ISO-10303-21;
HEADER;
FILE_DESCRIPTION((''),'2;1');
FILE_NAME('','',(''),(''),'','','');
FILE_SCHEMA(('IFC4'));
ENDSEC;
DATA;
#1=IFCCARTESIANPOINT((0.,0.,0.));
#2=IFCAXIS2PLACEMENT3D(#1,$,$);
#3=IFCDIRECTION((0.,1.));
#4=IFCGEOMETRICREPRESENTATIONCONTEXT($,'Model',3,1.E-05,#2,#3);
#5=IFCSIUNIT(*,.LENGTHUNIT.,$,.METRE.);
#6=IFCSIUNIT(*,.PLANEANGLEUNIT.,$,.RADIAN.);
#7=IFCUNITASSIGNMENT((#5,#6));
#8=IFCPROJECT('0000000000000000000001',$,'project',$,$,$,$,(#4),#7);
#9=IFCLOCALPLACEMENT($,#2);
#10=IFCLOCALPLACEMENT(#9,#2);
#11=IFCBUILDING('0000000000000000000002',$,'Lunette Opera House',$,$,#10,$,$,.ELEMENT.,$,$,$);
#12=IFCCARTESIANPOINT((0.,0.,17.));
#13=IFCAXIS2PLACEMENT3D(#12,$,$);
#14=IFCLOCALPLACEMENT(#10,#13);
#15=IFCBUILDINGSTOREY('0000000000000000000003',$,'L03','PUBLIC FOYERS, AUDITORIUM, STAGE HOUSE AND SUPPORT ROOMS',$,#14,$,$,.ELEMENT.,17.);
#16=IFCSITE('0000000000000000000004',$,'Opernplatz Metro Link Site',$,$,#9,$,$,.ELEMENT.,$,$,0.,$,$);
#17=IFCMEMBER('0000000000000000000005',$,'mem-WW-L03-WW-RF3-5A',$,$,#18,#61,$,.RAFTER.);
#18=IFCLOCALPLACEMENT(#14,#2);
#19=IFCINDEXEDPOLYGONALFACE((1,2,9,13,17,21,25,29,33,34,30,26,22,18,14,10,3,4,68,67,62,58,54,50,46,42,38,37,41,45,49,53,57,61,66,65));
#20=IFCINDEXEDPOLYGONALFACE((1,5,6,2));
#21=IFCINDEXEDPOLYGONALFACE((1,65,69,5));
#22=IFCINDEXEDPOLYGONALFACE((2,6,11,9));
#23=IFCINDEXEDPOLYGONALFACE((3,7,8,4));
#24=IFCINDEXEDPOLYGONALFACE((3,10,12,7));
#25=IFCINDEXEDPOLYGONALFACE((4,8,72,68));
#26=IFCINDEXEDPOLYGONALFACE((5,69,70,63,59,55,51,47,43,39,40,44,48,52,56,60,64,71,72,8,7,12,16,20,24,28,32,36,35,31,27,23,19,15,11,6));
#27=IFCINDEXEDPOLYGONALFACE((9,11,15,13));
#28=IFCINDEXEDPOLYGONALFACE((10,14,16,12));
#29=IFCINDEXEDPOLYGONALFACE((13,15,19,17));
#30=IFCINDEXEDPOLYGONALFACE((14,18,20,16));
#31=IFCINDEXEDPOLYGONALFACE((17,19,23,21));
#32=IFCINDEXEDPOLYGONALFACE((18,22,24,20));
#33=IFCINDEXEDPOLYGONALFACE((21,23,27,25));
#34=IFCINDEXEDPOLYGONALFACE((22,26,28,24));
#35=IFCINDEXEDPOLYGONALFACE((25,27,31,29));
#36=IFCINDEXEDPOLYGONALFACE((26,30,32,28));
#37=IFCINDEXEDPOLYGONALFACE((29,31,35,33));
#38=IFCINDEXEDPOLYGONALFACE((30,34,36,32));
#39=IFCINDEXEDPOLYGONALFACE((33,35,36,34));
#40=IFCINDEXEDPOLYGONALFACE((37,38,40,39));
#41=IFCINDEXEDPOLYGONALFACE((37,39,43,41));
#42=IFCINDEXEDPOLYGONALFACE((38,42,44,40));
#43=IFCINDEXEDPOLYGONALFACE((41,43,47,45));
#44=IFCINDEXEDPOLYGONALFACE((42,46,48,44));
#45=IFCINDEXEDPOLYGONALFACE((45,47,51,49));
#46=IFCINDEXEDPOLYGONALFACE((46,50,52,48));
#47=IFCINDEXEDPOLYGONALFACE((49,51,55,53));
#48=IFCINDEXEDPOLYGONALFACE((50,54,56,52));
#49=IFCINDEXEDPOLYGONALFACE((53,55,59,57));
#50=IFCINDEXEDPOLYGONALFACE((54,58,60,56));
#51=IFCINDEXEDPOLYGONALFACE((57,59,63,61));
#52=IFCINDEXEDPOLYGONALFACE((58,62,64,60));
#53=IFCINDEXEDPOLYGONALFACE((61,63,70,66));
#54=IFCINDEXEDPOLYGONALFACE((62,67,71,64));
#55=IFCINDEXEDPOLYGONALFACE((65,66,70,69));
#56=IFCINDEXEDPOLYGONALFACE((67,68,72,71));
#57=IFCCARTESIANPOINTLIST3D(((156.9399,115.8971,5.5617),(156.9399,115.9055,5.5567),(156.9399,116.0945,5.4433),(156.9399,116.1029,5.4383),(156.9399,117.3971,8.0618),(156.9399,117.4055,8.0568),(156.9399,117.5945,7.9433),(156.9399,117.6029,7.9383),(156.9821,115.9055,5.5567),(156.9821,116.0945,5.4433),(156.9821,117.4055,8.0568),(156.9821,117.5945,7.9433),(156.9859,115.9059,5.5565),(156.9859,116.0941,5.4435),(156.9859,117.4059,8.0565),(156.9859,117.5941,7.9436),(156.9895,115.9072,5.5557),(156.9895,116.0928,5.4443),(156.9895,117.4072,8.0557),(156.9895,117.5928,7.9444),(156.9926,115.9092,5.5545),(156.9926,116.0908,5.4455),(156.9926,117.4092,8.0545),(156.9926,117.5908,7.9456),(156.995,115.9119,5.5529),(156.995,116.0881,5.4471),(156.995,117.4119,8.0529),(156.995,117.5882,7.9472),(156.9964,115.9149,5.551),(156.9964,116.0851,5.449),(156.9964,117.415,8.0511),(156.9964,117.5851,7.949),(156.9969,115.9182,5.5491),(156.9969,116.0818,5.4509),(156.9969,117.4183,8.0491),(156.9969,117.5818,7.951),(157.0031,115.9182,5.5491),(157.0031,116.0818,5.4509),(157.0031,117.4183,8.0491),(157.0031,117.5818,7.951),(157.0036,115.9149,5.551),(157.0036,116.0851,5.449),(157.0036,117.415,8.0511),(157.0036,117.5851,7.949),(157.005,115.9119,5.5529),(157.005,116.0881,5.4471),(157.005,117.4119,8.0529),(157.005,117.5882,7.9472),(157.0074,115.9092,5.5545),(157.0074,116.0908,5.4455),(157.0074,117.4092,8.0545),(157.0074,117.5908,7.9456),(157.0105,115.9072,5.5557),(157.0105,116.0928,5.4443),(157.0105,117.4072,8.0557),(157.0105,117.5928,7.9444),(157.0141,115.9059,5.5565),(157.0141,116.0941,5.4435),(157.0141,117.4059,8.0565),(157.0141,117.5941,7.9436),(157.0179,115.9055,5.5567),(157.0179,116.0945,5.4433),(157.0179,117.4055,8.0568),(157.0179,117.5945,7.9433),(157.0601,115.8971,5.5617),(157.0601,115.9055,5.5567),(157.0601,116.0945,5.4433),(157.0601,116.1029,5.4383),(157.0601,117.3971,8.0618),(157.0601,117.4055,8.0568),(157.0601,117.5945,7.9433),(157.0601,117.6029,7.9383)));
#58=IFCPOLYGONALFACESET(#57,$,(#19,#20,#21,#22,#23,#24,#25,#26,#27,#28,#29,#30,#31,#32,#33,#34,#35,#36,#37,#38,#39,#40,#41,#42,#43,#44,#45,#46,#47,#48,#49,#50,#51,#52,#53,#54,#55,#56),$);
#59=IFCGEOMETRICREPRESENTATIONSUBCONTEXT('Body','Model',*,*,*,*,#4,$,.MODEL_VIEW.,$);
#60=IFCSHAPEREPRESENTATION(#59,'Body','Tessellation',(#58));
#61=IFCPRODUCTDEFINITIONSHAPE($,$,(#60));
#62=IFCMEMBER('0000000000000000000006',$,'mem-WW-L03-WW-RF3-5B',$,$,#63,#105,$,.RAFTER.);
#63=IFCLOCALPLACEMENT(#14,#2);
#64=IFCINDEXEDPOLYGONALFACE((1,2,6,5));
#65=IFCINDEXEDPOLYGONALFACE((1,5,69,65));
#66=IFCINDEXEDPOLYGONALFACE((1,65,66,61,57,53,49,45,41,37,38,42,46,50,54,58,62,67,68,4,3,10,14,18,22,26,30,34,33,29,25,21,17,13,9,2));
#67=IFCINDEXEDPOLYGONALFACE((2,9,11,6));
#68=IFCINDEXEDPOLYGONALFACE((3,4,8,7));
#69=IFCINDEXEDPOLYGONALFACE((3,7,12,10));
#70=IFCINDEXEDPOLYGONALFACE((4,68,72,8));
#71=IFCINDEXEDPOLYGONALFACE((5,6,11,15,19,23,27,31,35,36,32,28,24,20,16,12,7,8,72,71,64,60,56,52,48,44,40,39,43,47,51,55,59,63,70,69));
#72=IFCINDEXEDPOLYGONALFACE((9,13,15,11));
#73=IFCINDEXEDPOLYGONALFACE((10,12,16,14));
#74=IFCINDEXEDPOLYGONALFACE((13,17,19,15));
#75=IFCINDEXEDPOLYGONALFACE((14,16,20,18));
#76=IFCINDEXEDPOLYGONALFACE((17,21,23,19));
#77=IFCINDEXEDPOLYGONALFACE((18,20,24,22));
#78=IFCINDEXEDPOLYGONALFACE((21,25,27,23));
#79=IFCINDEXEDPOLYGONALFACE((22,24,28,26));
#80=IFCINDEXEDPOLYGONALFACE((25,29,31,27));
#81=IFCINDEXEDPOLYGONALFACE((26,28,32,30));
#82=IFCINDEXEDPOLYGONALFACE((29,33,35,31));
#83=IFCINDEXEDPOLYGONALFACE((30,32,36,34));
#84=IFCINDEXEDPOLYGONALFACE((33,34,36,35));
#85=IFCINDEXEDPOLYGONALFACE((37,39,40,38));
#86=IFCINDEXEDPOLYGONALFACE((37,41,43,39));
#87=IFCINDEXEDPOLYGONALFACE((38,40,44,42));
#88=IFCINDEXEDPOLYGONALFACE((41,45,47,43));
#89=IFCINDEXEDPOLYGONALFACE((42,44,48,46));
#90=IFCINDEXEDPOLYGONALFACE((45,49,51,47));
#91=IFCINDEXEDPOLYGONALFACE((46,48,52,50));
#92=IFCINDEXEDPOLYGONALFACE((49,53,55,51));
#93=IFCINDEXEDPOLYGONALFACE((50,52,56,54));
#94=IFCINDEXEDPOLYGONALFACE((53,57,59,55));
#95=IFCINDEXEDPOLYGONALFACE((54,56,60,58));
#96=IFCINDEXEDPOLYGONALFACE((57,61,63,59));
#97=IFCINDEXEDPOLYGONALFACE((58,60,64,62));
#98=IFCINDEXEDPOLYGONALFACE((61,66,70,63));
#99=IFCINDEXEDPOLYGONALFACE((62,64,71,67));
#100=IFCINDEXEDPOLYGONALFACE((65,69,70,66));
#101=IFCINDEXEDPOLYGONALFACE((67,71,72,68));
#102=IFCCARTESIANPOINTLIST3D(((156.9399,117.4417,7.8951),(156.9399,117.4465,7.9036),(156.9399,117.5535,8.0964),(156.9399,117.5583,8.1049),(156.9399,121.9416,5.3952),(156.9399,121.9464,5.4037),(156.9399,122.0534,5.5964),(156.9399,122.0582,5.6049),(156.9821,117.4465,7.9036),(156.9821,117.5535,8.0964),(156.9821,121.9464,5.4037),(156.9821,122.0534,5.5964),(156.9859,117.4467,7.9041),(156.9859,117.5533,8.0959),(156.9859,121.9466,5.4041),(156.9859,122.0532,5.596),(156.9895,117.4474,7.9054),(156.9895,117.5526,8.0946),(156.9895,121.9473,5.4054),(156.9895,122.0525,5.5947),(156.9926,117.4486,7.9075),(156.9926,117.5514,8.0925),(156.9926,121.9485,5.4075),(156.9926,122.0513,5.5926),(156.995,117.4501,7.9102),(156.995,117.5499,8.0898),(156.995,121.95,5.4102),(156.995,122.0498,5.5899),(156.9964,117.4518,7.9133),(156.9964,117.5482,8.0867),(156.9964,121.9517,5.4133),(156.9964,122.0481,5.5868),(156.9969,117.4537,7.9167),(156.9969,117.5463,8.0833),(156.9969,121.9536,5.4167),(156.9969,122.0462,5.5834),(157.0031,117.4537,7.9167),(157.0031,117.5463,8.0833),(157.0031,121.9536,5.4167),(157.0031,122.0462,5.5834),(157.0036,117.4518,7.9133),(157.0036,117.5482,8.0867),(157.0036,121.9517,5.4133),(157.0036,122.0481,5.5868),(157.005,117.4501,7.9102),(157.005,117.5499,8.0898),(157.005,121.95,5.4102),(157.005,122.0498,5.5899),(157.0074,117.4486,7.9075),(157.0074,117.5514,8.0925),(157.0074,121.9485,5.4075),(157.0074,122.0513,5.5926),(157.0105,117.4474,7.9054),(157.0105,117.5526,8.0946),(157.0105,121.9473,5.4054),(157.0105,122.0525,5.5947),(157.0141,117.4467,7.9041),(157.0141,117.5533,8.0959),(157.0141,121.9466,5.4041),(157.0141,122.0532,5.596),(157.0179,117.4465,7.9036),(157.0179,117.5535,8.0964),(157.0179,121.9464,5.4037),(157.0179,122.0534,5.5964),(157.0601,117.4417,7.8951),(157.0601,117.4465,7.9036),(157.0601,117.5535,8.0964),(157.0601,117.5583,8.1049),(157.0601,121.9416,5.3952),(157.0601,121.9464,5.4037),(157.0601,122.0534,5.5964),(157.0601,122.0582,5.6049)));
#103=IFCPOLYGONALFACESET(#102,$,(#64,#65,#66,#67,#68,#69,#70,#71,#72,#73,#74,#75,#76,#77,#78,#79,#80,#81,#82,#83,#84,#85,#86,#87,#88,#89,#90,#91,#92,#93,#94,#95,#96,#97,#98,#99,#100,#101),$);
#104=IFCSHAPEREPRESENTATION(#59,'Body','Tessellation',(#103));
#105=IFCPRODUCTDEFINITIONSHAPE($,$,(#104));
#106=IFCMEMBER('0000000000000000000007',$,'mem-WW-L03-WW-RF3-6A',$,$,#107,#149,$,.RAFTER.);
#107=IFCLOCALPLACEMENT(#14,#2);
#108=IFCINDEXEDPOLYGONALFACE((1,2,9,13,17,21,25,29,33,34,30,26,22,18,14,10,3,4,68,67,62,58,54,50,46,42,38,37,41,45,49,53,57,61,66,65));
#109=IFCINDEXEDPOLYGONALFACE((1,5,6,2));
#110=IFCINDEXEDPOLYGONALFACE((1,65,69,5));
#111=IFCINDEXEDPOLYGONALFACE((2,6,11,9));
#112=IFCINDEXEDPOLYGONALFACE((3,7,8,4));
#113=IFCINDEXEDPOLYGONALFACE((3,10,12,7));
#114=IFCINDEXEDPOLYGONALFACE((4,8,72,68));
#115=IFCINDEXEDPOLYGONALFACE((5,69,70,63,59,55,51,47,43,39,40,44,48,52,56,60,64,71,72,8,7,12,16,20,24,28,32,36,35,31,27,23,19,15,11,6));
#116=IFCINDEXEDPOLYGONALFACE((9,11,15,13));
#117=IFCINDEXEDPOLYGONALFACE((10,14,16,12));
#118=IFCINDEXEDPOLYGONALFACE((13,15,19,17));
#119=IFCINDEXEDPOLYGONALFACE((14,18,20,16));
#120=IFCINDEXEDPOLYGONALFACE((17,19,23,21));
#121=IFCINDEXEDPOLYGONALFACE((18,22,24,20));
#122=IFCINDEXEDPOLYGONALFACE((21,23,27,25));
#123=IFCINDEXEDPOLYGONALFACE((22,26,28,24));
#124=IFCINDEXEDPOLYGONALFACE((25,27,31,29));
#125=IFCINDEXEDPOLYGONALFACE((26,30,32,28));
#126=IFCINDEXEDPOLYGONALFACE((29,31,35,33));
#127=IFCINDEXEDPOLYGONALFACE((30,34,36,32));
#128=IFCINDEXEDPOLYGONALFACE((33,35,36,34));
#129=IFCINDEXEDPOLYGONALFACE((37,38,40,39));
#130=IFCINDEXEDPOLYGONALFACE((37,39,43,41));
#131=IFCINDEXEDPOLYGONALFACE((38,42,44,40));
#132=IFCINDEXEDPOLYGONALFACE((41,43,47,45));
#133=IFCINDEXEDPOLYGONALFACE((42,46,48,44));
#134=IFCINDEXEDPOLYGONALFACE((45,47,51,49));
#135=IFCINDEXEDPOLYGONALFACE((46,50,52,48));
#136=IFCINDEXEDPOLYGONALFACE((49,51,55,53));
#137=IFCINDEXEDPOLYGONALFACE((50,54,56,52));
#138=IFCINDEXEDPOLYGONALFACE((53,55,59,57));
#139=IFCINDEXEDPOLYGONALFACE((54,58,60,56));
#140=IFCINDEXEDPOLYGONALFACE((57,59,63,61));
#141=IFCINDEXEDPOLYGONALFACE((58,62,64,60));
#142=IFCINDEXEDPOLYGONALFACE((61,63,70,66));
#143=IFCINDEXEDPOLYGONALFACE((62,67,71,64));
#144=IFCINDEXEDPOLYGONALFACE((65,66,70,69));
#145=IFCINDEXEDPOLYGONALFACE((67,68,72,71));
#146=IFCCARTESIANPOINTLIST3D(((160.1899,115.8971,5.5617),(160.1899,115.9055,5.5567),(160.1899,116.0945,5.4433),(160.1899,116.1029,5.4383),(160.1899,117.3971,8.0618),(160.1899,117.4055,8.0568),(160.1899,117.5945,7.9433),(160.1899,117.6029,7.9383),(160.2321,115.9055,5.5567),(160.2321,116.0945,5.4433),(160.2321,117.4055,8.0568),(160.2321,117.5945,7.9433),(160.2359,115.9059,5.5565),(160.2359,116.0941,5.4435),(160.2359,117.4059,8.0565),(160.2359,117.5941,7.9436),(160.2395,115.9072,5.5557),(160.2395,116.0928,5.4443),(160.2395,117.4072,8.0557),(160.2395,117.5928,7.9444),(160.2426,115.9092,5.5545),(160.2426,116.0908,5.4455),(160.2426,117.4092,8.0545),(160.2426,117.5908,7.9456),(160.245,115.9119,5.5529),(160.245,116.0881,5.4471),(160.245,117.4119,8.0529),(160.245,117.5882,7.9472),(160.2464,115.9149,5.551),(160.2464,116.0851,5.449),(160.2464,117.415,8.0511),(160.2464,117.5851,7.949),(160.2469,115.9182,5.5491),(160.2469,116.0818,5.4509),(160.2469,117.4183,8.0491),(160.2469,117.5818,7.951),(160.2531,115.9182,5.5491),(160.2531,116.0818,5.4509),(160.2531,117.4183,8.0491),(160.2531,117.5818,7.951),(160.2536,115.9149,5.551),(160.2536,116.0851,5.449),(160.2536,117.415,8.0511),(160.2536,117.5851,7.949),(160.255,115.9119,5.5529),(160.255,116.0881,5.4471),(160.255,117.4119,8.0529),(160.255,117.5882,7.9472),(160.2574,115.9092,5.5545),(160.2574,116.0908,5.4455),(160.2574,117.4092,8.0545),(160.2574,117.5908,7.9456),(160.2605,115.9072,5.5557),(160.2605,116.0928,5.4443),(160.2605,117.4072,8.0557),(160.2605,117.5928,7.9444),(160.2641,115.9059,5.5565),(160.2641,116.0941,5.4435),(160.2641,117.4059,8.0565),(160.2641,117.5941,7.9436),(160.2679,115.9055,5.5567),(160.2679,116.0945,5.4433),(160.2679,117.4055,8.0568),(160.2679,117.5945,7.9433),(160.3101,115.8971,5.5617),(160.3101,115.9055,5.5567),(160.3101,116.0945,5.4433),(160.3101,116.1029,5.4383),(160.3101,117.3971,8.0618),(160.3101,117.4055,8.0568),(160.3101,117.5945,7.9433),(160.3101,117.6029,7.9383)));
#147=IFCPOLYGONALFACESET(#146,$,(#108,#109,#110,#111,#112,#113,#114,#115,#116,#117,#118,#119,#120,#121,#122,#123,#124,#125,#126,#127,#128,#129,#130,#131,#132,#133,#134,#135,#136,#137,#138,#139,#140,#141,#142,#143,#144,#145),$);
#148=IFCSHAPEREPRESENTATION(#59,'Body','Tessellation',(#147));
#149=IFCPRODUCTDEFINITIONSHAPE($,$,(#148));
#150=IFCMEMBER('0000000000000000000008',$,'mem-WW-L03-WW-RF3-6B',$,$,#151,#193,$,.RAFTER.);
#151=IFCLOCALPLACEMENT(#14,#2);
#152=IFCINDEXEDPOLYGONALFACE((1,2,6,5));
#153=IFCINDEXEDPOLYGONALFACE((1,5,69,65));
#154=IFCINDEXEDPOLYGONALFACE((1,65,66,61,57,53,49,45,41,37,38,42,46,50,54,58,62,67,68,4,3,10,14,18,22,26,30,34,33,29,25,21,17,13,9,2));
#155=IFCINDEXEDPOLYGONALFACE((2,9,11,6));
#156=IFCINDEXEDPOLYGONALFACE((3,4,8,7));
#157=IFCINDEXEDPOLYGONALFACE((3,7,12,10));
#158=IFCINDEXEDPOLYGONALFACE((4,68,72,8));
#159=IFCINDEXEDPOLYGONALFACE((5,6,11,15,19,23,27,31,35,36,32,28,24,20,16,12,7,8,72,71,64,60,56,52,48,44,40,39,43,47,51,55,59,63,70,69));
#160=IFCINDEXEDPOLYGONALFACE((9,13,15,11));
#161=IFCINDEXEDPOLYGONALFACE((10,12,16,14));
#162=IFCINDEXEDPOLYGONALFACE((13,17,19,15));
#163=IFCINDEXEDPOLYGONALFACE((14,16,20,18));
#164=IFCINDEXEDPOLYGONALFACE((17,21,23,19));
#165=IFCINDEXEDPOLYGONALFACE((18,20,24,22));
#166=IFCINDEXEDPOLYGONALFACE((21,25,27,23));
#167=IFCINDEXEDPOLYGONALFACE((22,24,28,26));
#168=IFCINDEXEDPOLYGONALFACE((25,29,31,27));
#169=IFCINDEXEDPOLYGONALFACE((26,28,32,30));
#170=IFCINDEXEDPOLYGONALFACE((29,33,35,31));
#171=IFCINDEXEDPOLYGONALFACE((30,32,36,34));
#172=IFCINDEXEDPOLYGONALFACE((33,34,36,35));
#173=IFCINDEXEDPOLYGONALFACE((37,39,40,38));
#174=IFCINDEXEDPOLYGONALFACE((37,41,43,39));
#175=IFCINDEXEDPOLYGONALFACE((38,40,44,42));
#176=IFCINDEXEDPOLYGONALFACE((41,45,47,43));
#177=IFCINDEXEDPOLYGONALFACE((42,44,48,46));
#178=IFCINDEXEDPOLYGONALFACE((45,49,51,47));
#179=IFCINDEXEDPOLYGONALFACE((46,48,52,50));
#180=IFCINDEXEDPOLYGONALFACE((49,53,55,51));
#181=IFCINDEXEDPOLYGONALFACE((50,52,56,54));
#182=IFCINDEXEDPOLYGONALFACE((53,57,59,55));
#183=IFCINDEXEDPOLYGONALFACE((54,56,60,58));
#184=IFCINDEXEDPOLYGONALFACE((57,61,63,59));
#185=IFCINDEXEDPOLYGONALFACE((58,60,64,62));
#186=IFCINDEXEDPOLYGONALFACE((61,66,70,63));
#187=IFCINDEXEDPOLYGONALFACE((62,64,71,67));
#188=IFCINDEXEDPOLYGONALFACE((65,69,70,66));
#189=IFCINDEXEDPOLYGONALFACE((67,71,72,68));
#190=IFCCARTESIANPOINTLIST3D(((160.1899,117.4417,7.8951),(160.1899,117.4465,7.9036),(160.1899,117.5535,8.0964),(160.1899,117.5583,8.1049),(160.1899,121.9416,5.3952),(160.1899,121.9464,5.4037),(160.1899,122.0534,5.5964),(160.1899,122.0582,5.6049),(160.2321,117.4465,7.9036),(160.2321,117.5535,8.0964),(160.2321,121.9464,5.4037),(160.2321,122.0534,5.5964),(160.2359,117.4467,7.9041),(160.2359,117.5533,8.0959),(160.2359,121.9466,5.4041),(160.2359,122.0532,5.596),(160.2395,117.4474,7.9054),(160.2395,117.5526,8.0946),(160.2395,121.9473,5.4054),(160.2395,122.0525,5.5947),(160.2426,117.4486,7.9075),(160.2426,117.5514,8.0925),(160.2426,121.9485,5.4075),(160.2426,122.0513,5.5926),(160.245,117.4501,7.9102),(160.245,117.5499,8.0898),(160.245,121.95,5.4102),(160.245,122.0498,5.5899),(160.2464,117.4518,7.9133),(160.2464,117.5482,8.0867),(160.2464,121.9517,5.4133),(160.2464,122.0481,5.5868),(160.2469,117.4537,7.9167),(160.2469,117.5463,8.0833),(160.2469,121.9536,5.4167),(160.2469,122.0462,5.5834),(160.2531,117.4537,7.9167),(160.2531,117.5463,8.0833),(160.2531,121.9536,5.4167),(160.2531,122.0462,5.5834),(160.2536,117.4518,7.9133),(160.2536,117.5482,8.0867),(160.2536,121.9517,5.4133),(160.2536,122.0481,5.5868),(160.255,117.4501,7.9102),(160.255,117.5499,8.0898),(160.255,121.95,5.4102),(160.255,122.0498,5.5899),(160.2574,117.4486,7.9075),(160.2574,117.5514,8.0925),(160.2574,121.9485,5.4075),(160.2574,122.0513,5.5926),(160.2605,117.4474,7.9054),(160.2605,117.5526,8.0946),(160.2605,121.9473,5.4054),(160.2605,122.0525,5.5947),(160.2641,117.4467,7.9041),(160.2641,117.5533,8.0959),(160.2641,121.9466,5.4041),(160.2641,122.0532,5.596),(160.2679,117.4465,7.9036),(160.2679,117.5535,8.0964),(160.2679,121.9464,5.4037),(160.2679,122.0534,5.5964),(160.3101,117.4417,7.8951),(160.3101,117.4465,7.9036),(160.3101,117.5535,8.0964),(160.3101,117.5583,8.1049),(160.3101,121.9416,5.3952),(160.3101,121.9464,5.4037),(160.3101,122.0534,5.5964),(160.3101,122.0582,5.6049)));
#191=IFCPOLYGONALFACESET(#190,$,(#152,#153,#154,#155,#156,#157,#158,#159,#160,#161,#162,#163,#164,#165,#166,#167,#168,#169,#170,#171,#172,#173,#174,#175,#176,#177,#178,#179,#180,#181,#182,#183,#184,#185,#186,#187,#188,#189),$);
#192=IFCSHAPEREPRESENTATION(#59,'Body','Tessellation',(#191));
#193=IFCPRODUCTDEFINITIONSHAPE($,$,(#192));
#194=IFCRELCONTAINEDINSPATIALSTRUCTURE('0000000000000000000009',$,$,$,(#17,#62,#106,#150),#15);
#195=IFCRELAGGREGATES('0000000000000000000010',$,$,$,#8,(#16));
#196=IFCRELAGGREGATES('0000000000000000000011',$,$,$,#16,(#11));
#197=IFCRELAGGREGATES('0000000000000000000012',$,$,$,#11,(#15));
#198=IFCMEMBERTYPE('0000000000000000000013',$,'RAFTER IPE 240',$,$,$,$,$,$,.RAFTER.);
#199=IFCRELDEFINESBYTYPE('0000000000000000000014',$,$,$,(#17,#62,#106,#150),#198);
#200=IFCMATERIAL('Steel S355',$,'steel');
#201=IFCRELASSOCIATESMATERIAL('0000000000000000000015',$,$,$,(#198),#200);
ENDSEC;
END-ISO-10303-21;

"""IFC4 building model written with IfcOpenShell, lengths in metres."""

from ifc_helpers import new_model, si_unit, direction, frame, origin, origin_2d, place, context, subcontext, project, spatial, i_section, extrude, material, material_profile, profile_set, type_object, element, save


model = new_model("IFC4")

# Units and contexts
model_context = context("Model", 3, precision=1e-05, world=origin(), true_north=direction((0.0, 1.0)))
body_context = subcontext(model_context, "Body", "Model", "MODEL_VIEW")
ifc_project = project(units=[si_unit("LENGTHUNIT", "METRE"), si_unit("PLANEANGLEUNIT", "RADIAN")], contexts=[model_context])

# Site, building, storey
site_placement = place(None, origin())
site = spatial("IfcSite", under=ifc_project, at=site_placement, Name="Opernplatz Metro Link Site", CompositionType="ELEMENT", RefElevation=0.0)
building_placement = place(site_placement, origin())
building = spatial("IfcBuilding", under=site, at=building_placement, Name="Lunette Opera House", CompositionType="ELEMENT")
storey_placement = place(building_placement, frame((0.0, 0.0, 17.0)))
storey = spatial("IfcBuildingStorey", under=building, at=storey_placement, Name="L03", Description="PUBLIC FOYERS, AUDITORIUM, STAGE HOUSE AND SUPPORT ROOMS", CompositionType="ELEMENT", Elevation=17.0)

# Members
ifc_material_1 = material(Name="Steel S355", Category="steel")
ifc_material_profile_1 = material_profile(ifc_material_1, i_section(OverallWidth=0.1201, OverallDepth=0.24, WebThickness=0.0061, FlangeThickness=0.0098, FilletRadius=0.0149, at=origin_2d()), Name="IPE 240")
ifc_profile_set_1 = profile_set([ifc_material_profile_1], Name="Steel S355")
member_type_1 = type_object("IfcMemberType", Name="RAFTER IPE 240", PredefinedType="RAFTER", material=ifc_profile_set_1)
member_1_placement = place(storey_placement, frame((157.0, 116.0, 5.5), z_axis=(0.0, 0.514496, 0.857493), x_axis=(-1.0, 0.0, 0.0)))
element("IfcMember", 1, at=member_1_placement, inside=storey, type_object=member_type_1, Name="mem-WW-L03-WW-RF3-5A", PredefinedType="RAFTER", context=body_context, shape_type="SweptSolid", body=[
    extrude(i_section(OverallWidth=0.1201, OverallDepth=0.24, WebThickness=0.0061, FlangeThickness=0.0098, FilletRadius=0.0149, at=origin_2d()), origin(), (0.0, 0.0, 1.0), 2.9155),
])
member_2_placement = place(storey_placement, frame((157.0, 117.5, 8.0), z_axis=(0.0, 0.874157, -0.485643), x_axis=(-1.0, 0.0, 0.0)))
element("IfcMember", 2, at=member_2_placement, inside=storey, type_object=member_type_1, Name="mem-WW-L03-WW-RF3-5B", PredefinedType="RAFTER", context=body_context, shape_type="SweptSolid", body=[
    extrude(i_section(OverallWidth=0.1201, OverallDepth=0.24, WebThickness=0.0061, FlangeThickness=0.0098, FilletRadius=0.0149, at=origin_2d()), origin(), (0.0, 0.0, 1.0), 5.1477),
])
member_3_placement = place(storey_placement, frame((160.25, 116.0, 5.5), z_axis=(0.0, 0.514496, 0.857493), x_axis=(-1.0, 0.0, 0.0)))
element("IfcMember", 3, at=member_3_placement, inside=storey, type_object=member_type_1, Name="mem-WW-L03-WW-RF3-6A", PredefinedType="RAFTER", context=body_context, shape_type="SweptSolid", body=[
    extrude(i_section(OverallWidth=0.1201, OverallDepth=0.24, WebThickness=0.0061, FlangeThickness=0.0098, FilletRadius=0.0149, at=origin_2d()), origin(), (0.0, 0.0, 1.0), 2.9155),
])
member_4_placement = place(storey_placement, frame((160.25, 117.5, 8.0), z_axis=(0.0, 0.874157, -0.485643), x_axis=(-1.0, 0.0, 0.0)))
element("IfcMember", 4, at=member_4_placement, inside=storey, type_object=member_type_1, Name="mem-WW-L03-WW-RF3-6B", PredefinedType="RAFTER", context=body_context, shape_type="SweptSolid", body=[
    extrude(i_section(OverallWidth=0.1201, OverallDepth=0.24, WebThickness=0.0061, FlangeThickness=0.0098, FilletRadius=0.0149, at=origin_2d()), origin(), (0.0, 0.0, 1.0), 5.1477),
])

save(model, "model.ifc")
